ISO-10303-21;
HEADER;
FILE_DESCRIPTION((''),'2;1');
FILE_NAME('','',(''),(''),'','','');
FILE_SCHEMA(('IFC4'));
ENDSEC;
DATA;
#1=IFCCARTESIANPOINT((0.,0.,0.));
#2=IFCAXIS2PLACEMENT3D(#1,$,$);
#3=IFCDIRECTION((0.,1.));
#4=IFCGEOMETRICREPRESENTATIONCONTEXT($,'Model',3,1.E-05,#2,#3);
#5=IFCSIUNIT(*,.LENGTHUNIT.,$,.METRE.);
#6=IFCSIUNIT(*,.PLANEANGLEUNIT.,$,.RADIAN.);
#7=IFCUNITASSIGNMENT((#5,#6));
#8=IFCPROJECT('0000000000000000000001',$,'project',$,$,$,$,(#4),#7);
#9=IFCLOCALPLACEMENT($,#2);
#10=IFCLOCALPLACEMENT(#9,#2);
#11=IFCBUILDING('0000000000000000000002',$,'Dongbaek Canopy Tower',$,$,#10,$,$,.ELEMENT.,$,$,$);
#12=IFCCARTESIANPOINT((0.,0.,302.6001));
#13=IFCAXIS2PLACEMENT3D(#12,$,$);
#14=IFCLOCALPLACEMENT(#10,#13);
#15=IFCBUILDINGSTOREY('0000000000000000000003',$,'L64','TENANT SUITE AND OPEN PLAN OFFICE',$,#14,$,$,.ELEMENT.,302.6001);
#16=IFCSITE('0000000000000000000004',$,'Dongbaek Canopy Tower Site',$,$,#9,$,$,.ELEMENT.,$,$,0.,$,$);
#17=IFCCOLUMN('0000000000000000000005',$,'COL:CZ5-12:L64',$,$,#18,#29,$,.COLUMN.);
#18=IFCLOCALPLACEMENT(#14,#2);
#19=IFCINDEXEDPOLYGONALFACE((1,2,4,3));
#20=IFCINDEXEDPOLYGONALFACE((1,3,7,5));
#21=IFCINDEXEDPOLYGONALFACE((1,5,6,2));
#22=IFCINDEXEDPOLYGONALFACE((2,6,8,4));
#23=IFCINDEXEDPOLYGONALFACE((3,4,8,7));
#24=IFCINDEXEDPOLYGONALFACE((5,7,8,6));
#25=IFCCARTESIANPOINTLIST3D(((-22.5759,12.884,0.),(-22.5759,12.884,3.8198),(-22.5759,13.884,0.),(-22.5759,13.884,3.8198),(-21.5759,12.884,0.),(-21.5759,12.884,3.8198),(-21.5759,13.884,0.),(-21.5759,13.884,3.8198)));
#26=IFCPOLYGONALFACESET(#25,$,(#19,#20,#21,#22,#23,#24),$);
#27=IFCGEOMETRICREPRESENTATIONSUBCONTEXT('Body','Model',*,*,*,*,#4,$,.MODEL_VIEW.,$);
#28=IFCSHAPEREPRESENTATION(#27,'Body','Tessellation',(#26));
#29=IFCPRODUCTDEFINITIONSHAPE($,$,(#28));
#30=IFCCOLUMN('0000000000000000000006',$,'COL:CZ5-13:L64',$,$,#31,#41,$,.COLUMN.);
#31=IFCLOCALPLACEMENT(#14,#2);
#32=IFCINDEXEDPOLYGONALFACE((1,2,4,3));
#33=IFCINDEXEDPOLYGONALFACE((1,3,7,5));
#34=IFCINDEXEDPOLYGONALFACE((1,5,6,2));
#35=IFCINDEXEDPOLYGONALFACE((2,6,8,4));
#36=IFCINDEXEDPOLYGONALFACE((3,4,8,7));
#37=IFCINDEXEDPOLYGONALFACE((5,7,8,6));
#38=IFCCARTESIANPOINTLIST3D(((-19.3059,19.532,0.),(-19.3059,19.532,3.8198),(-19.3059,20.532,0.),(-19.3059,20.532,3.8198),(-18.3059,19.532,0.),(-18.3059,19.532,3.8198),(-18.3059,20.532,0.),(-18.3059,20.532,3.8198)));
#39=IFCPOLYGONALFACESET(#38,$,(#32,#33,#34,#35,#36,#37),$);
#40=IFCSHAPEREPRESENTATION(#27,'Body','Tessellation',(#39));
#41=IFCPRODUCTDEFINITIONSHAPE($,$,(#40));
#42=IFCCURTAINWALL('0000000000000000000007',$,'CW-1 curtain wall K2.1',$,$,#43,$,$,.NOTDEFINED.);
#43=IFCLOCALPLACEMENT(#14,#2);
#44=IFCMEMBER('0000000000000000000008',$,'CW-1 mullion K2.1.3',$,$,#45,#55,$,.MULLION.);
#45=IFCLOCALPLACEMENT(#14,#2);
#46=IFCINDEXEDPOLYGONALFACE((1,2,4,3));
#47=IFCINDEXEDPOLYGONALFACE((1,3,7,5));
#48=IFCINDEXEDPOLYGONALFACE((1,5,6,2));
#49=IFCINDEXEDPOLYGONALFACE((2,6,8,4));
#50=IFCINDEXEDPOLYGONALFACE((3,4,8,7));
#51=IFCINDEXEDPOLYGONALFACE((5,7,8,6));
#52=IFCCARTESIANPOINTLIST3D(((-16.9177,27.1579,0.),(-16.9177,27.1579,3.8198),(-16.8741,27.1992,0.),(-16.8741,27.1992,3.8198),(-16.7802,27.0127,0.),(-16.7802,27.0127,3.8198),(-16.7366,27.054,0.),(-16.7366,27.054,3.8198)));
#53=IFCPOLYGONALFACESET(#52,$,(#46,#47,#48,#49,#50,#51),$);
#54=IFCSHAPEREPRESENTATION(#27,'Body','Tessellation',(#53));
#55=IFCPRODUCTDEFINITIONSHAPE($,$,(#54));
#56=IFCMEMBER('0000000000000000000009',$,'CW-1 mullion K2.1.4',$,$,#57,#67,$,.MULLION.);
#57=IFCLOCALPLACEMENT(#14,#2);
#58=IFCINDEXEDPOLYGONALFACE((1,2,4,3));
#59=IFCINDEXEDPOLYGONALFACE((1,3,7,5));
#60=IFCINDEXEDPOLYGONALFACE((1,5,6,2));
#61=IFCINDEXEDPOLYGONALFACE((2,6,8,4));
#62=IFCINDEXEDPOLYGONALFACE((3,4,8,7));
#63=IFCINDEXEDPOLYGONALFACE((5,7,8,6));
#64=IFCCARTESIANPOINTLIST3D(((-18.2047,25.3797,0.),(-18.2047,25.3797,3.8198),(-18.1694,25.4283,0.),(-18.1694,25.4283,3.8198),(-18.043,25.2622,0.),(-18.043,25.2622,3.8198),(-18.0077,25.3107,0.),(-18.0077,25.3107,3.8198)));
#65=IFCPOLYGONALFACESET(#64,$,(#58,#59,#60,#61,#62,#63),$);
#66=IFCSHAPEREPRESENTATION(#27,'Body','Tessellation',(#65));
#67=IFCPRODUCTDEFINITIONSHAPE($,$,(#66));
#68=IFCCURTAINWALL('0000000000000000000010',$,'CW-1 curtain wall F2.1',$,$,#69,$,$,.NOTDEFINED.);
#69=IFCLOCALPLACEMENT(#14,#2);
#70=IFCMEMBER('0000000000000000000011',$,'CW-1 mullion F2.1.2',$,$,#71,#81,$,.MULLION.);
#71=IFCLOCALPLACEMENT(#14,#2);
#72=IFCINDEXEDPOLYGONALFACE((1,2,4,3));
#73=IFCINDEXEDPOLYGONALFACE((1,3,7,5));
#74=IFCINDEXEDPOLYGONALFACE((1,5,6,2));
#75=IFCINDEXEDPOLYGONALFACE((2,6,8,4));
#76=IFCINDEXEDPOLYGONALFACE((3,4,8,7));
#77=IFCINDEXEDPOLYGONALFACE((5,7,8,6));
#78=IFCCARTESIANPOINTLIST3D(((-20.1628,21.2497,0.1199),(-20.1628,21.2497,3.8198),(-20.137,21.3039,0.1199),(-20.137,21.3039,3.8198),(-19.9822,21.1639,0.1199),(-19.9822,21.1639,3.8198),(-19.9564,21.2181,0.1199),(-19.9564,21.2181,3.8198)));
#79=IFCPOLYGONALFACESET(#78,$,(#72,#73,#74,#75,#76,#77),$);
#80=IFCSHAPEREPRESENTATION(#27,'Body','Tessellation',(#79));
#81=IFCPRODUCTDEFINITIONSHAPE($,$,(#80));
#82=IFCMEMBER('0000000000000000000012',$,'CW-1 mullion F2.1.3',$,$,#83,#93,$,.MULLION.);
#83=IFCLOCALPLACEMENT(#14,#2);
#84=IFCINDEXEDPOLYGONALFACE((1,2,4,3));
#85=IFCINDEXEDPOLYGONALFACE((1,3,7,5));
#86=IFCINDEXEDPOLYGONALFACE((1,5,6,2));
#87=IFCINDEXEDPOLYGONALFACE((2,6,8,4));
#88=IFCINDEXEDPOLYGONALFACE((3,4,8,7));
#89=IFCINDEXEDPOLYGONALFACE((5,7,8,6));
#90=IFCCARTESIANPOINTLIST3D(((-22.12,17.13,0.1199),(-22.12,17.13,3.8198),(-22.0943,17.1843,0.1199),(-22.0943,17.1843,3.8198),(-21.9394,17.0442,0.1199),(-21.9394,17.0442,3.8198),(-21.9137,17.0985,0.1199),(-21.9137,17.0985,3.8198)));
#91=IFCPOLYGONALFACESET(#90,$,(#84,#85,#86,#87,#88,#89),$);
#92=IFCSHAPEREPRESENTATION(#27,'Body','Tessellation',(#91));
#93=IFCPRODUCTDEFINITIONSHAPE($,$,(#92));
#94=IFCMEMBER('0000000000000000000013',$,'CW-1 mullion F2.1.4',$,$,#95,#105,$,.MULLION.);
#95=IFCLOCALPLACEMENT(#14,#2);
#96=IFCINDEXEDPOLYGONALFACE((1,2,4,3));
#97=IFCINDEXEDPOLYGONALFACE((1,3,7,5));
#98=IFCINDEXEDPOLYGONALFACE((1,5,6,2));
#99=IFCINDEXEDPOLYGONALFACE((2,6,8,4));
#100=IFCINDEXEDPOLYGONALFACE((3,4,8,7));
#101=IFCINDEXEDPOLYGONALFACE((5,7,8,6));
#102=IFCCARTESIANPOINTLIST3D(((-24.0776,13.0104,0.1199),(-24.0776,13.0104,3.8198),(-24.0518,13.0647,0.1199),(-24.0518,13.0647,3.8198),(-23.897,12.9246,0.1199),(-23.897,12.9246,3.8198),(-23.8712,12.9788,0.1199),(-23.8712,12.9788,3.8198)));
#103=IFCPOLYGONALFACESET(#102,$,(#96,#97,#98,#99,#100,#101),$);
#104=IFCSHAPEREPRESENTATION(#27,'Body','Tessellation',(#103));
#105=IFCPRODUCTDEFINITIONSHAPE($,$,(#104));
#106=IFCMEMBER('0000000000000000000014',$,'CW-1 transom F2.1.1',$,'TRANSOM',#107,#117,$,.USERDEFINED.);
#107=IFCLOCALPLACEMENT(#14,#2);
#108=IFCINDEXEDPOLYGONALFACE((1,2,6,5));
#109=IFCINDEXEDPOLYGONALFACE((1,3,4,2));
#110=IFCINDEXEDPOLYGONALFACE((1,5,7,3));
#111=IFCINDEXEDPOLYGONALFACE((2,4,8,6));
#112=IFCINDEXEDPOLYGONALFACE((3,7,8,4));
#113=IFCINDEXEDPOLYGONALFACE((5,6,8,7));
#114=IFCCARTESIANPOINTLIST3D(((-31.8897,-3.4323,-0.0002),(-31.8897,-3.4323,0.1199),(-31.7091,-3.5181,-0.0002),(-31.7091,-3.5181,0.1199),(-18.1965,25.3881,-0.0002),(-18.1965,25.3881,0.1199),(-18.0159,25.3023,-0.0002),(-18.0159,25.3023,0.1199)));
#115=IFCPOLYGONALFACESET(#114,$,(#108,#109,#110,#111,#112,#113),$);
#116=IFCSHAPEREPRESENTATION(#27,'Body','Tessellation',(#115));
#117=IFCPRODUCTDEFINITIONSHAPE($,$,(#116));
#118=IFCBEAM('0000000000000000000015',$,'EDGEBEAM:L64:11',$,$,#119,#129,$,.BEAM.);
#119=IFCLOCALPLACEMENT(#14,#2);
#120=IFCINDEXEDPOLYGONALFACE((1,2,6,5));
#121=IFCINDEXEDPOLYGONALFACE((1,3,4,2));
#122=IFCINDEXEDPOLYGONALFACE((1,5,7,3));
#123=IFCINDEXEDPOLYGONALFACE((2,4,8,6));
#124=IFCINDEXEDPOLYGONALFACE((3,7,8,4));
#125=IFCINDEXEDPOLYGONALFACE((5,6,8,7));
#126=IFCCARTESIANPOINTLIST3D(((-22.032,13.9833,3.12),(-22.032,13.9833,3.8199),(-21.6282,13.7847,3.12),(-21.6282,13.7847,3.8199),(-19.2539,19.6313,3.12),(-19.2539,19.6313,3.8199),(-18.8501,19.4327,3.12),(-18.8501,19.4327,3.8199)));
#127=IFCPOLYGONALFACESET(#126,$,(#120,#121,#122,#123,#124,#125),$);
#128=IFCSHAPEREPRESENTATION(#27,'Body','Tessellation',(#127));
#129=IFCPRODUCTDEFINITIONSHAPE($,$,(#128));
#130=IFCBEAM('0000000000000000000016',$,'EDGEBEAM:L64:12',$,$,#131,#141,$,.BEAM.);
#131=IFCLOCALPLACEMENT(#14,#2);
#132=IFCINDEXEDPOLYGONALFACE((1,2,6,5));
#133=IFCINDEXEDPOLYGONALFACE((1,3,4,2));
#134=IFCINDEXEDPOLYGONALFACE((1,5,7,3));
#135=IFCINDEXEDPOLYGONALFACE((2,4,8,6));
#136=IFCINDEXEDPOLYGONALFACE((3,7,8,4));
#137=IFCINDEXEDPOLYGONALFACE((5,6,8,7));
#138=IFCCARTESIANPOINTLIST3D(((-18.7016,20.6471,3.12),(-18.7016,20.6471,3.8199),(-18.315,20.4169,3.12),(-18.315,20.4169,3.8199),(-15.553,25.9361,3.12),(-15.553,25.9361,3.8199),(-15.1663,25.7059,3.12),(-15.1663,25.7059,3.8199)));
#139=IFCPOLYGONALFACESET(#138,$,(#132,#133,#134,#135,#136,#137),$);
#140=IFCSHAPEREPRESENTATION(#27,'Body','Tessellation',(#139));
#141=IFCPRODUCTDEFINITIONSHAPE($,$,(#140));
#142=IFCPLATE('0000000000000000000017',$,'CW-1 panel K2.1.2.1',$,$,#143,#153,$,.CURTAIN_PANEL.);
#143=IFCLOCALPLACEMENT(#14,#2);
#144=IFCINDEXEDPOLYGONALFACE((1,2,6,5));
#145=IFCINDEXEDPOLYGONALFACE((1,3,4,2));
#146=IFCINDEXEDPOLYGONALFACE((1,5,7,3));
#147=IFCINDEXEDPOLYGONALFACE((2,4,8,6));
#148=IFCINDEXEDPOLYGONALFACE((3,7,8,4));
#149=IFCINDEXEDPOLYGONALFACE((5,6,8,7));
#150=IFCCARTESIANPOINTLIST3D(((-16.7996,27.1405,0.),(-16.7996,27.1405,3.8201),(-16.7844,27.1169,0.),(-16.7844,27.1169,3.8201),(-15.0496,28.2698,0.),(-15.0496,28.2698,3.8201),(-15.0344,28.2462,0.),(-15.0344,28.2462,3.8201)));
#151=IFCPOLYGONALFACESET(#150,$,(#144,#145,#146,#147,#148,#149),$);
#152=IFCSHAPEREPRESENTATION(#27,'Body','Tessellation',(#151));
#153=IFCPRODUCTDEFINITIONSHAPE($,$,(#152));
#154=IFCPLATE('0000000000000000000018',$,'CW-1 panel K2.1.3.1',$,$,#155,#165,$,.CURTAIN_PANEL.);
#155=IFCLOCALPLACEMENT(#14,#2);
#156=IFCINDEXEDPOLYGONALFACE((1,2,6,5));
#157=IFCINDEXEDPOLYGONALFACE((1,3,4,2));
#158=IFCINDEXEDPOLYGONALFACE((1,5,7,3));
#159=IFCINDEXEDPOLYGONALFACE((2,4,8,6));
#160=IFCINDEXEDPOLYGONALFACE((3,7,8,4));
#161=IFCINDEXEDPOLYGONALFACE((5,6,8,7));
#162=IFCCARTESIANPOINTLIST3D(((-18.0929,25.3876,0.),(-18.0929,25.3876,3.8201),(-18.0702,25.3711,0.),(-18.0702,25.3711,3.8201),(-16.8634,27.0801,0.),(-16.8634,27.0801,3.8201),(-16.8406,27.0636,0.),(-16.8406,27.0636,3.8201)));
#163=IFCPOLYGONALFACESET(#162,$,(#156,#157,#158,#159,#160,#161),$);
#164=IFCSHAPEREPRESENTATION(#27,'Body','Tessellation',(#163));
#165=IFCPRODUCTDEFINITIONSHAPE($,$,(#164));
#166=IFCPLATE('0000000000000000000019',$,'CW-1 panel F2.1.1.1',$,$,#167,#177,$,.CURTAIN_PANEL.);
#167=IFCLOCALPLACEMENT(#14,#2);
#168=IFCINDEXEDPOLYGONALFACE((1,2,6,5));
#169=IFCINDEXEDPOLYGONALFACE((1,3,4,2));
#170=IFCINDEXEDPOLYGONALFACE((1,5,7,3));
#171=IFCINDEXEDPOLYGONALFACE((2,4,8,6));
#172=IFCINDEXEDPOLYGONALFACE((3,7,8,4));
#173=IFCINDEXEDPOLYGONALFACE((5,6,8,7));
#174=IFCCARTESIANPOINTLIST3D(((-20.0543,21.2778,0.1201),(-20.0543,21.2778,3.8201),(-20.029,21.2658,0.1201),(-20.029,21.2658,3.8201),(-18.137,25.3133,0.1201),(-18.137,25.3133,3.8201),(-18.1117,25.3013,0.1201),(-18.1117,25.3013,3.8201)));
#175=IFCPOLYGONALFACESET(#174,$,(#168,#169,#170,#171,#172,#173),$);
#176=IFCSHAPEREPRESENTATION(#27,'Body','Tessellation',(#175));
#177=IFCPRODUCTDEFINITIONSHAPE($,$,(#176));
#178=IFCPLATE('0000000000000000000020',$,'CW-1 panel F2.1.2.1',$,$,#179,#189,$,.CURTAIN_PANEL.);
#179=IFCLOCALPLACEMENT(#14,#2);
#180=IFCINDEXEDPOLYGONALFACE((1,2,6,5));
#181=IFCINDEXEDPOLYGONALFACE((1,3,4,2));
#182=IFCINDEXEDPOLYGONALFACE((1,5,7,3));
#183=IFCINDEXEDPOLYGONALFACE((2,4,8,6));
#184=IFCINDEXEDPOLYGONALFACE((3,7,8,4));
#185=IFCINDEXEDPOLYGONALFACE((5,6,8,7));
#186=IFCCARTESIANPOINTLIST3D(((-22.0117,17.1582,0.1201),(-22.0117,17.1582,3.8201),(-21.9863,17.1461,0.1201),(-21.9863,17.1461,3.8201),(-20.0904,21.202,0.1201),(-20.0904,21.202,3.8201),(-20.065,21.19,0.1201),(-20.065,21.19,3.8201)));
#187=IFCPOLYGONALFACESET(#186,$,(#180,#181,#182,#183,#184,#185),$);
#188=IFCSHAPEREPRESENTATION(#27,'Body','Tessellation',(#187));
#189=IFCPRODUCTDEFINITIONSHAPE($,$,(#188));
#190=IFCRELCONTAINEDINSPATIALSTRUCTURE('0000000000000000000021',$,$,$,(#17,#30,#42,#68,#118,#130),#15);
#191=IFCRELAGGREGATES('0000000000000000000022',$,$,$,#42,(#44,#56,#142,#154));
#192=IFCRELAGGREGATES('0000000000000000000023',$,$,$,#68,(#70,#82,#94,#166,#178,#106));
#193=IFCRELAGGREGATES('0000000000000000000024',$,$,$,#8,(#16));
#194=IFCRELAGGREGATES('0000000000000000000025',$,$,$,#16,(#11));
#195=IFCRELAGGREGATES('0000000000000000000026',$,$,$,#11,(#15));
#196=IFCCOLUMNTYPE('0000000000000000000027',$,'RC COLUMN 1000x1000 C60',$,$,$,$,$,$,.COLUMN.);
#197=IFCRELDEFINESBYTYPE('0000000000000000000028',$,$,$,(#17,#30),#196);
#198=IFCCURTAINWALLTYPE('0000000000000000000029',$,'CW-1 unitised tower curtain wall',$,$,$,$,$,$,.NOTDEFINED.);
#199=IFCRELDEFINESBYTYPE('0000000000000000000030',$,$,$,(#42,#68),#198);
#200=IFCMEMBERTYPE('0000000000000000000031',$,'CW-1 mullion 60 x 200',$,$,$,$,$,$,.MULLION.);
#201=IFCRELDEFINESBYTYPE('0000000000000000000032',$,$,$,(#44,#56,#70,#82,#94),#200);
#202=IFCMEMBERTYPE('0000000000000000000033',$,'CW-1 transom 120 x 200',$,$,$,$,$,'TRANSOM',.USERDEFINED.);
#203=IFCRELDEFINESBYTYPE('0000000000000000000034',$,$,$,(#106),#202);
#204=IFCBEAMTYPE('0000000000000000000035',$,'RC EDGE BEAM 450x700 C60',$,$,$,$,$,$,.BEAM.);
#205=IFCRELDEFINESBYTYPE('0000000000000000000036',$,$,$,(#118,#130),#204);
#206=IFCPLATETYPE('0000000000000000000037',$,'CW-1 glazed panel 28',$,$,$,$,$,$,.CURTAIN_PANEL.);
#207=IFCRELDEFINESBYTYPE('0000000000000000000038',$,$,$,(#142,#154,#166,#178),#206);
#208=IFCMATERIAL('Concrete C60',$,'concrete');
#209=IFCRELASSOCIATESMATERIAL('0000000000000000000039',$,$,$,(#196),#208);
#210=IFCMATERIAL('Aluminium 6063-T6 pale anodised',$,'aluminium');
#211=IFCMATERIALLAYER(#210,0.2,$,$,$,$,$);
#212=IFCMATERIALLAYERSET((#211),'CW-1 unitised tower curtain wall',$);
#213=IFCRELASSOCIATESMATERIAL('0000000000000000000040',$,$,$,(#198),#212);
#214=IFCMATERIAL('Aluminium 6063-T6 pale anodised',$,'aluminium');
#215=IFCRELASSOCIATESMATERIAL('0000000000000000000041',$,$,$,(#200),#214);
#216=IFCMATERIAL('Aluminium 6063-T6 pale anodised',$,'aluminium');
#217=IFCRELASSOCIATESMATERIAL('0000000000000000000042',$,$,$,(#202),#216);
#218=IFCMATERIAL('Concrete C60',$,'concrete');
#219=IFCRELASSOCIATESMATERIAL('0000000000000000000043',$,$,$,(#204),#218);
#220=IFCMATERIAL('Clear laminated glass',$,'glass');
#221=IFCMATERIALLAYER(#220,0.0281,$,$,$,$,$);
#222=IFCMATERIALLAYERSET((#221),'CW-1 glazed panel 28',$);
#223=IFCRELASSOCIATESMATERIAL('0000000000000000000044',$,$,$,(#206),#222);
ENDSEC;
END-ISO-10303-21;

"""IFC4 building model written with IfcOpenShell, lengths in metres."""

from ifc_helpers import new_model, si_unit, direction, frame, origin, origin_2d, place, context, subcontext, project, spatial, rectangle, extrude, material, layer, layer_set, material_profile, profile_set, type_object, element, aggregate, save


model = new_model("IFC4")

# Units and contexts
model_context = context("Model", 3, precision=1e-05, world=origin(), true_north=direction((0.0, 1.0)))
body_context = subcontext(model_context, "Body", "Model", "MODEL_VIEW")
ifc_project = project(units=[si_unit("LENGTHUNIT", "METRE"), si_unit("PLANEANGLEUNIT", "RADIAN")], contexts=[model_context])

# Site, building, storey
site_placement = place(None, origin())
site = spatial("IfcSite", under=ifc_project, at=site_placement, Name="Dongbaek Canopy Tower Site", CompositionType="ELEMENT", RefElevation=0.0)
building_placement = place(site_placement, origin())
building = spatial("IfcBuilding", under=site, at=building_placement, Name="Dongbaek Canopy Tower", CompositionType="ELEMENT")
storey_placement = place(building_placement, frame((0.0, 0.0, 302.6001)))
storey = spatial("IfcBuildingStorey", under=building, at=storey_placement, Name="L64", Description="TENANT SUITE AND OPEN PLAN OFFICE", CompositionType="ELEMENT", Elevation=302.6001)

# Columns
ifc_material_1 = material(Name="Concrete C60", Category="concrete")
ifc_material_profile_1 = material_profile(ifc_material_1, rectangle(XDim=1.0, YDim=1.0, at=origin_2d()), Name="RC COLUMN 1000x1000 C60")
ifc_profile_set_1 = profile_set([ifc_material_profile_1], Name="Concrete C60")
column_type = type_object("IfcColumnType", Name="RC COLUMN 1000x1000 C60", PredefinedType="COLUMN", material=ifc_profile_set_1)
for number, where, z_axis, x_axis, name in (
    (1, (-22.0759, 13.384, 0.0), (0.0, 0.0, 1.0), (1.0, 0.0, 0.0), "COL:CZ5-12:L64"),
    (2, (-18.8059, 20.032, 0.0), (0.0, 0.0, 1.0), (1.0, 0.0, 0.0), "COL:CZ5-13:L64"),
):
    element("IfcColumn", number, at=place(storey_placement, frame(where, z_axis=z_axis, x_axis=x_axis)), inside=storey, type_object=column_type, Name=name, PredefinedType="COLUMN", context=body_context, shape_type="SweptSolid", body=[
        extrude(rectangle(XDim=1.0, YDim=1.0, at=origin_2d()), origin(), (0.0, 0.0, 1.0), 3.8198),
    ])

# Curtain walls, members
ifc_material_2 = material(Name="Aluminium 6063-T6 pale anodised", Category="aluminium")
ifc_layer_1 = layer(ifc_material_2, 0.2)
ifc_layer_set_1 = layer_set([ifc_layer_1], Name="CW-1 unitised tower curtain wall")
curtain_wall_type = type_object("IfcCurtainWallType", Name="CW-1 unitised tower curtain wall", PredefinedType="NOTDEFINED", material=ifc_layer_set_1)
curtain_wall_1_placement = place(storey_placement, origin())
curtain_wall_1 = element("IfcCurtainWall", 3, at=curtain_wall_1_placement, inside=storey, type_object=curtain_wall_type, Name="CW-1 curtain wall K2.1", PredefinedType="NOTDEFINED")
ifc_material_3 = material(Name="Aluminium 6063-T6 pale anodised", Category="aluminium")
ifc_material_profile_2 = material_profile(ifc_material_3, rectangle(XDim=0.2, YDim=0.0601, at=origin_2d()), Name="CW-1 mullion 60 x 200")
ifc_profile_set_2 = profile_set([ifc_material_profile_2], Name="Aluminium 6063-T6 pale anodised")
member_type_1 = type_object("IfcMemberType", Name="CW-1 mullion 60 x 200", PredefinedType="MULLION", material=ifc_profile_set_2)
member_1_placement = place(storey_placement, frame((-16.8271, 27.106, 0.0), z_axis=(0.0, 0.0, 1.0), x_axis=(-0.687328, 0.726347, 0.0)))
member_1 = element("IfcMember", 4, at=member_1_placement, type_object=member_type_1, Name="CW-1 mullion K2.1.3", PredefinedType="MULLION", context=body_context, shape_type="SweptSolid", body=[
    extrude(rectangle(XDim=0.2, YDim=0.0601, at=origin_2d()), origin(), (0.0, 0.0, 1.0), 3.8198),
])
member_2_placement = place(storey_placement, frame((-18.1062, 25.3452, 0.0), z_axis=(0.0, 0.0, 1.0), x_axis=(-0.809046, 0.587745, 0.0)))
member_2 = element("IfcMember", 5, at=member_2_placement, type_object=member_type_1, Name="CW-1 mullion K2.1.4", PredefinedType="MULLION", context=body_context, shape_type="SweptSolid", body=[
    extrude(rectangle(XDim=0.2, YDim=0.0601, at=origin_2d()), origin(), (0.0, 0.0, 1.0), 3.8198),
])
curtain_wall_2_placement = place(storey_placement, origin())
curtain_wall_2 = element("IfcCurtainWall", 6, at=curtain_wall_2_placement, inside=storey, type_object=curtain_wall_type, Name="CW-1 curtain wall F2.1", PredefinedType="NOTDEFINED")
member_3_placement = place(storey_placement, frame((-20.0596, 21.2339, 0.1199), z_axis=(0.0, 0.0, 1.0), x_axis=(-0.903236, 0.429143, 0.0)))
member_3 = element("IfcMember", 7, at=member_3_placement, type_object=member_type_1, Name="CW-1 mullion F2.1.2", PredefinedType="MULLION", context=body_context, shape_type="SweptSolid", body=[
    extrude(rectangle(XDim=0.2, YDim=0.0601, at=origin_2d()), origin(), (0.0, 0.0, 1.0), 3.7),
])
member_4_placement = place(storey_placement, frame((-22.0168, 17.1143, 0.1199), z_axis=(0.0, 0.0, 1.0), x_axis=(-0.903236, 0.429143, 0.0)))
member_4 = element("IfcMember", 8, at=member_4_placement, type_object=member_type_1, Name="CW-1 mullion F2.1.3", PredefinedType="MULLION", context=body_context, shape_type="SweptSolid", body=[
    extrude(rectangle(XDim=0.2, YDim=0.0601, at=origin_2d()), origin(), (0.0, 0.0, 1.0), 3.7),
])
member_5_placement = place(storey_placement, frame((-23.9744, 12.9946, 0.1199), z_axis=(0.0, 0.0, 1.0), x_axis=(-0.903236, 0.429143, 0.0)))
member_5 = element("IfcMember", 9, at=member_5_placement, type_object=member_type_1, Name="CW-1 mullion F2.1.4", PredefinedType="MULLION", context=body_context, shape_type="SweptSolid", body=[
    extrude(rectangle(XDim=0.2, YDim=0.0601, at=origin_2d()), origin(), (0.0, 0.0, 1.0), 3.7),
])
ifc_material_4 = material(Name="Aluminium 6063-T6 pale anodised", Category="aluminium")
ifc_material_profile_3 = material_profile(ifc_material_4, rectangle(XDim=0.2, YDim=0.1201, at=origin_2d()), Name="CW-1 transom 120 x 200")
ifc_profile_set_3 = profile_set([ifc_material_profile_3], Name="Aluminium 6063-T6 pale anodised")
member_type_2 = type_object("IfcMemberType", Name="CW-1 transom 120 x 200", ElementType="TRANSOM", PredefinedType="USERDEFINED", material=ifc_profile_set_3)
member_6_placement = place(storey_placement, frame((-18.1062, 25.3452, 0.0598), z_axis=(-0.429145, -0.903235, 0.0), x_axis=(0.903235, -0.429145, 0.0)))
member_6 = element("IfcMember", 10, at=member_6_placement, type_object=member_type_2, Name="CW-1 transom F2.1.1", ObjectType="TRANSOM", PredefinedType="USERDEFINED", context=body_context, shape_type="SweptSolid", body=[
    extrude(rectangle(XDim=0.2, YDim=0.1201, at=origin_2d()), origin(), (0.0, 0.0, 1.0), 31.908),
])

# Beams
ifc_material_5 = material(Name="Concrete C60", Category="concrete")
ifc_material_profile_4 = material_profile(ifc_material_5, rectangle(XDim=0.45, YDim=0.7, at=origin_2d()), Name="RC EDGE BEAM 450x700 C60")
ifc_profile_set_4 = profile_set([ifc_material_profile_4], Name="Concrete C60")
beam_type = type_object("IfcBeamType", Name="RC EDGE BEAM 450x700 C60", PredefinedType="BEAM", material=ifc_profile_set_4)
beam_1_placement = place(storey_placement, frame((-21.8301, 13.884, 3.47), z_axis=(0.44137, 0.897325, 0.0), x_axis=(-0.897325, 0.44137, 0.0)))
element("IfcBeam", 11, at=beam_1_placement, inside=storey, type_object=beam_type, Name="EDGEBEAM:L64:11", PredefinedType="BEAM", context=body_context, shape_type="SweptSolid", body=[
    extrude(rectangle(XDim=0.45, YDim=0.7, at=origin_2d()), origin(), (0.0, 0.0, 1.0), 6.2942),
])
beam_2_placement = place(storey_placement, frame((-18.5083, 20.532, 3.47), z_axis=(0.511535, 0.859262, 0.0), x_axis=(-0.859262, 0.511535, 0.0)))
element("IfcBeam", 12, at=beam_2_placement, inside=storey, type_object=beam_type, Name="EDGEBEAM:L64:12", PredefinedType="BEAM", context=body_context, shape_type="SweptSolid", body=[
    extrude(rectangle(XDim=0.45, YDim=0.7, at=origin_2d()), origin(), (0.0, 0.0, 1.0), 6.1553),
])

# Plates
ifc_material_6 = material(Name="Clear laminated glass", Category="glass")
ifc_layer_2 = layer(ifc_material_6, 0.0281)
ifc_layer_set_2 = layer_set([ifc_layer_2], Name="CW-1 glazed panel 28")
plate_type = type_object("IfcPlateType", Name="CW-1 glazed panel 28", PredefinedType="CURTAIN_PANEL", material=ifc_layer_set_2)
plate_1_placement = place(storey_placement, frame((-15.917, 27.6934, 0.0), z_axis=(0.0, 0.0, 1.0), x_axis=(-0.840235, -0.542222, 0.0)))
plate_1 = element("IfcPlate", 13, at=plate_1_placement, type_object=plate_type, Name="CW-1 panel K2.1.2.1", PredefinedType="CURTAIN_PANEL", context=body_context, shape_type="SweptSolid", body=[
    extrude(rectangle(XDim=2.0828, YDim=0.0281, at=origin_2d()), origin(), (0.0, 0.0, 1.0), 3.8201),
])
plate_2_placement = place(storey_placement, frame((-17.4668, 26.2256, 0.0), z_axis=(0.0, 0.0, 1.0), x_axis=(-0.587745, -0.809046, 0.0)))
plate_2 = element("IfcPlate", 14, at=plate_2_placement, type_object=plate_type, Name="CW-1 panel K2.1.3.1", PredefinedType="CURTAIN_PANEL", context=body_context, shape_type="SweptSolid", body=[
    extrude(rectangle(XDim=2.092, YDim=0.0281, at=origin_2d()), origin(), (0.0, 0.0, 1.0), 3.8201),
])
aggregate(curtain_wall_1, [member_1, member_2, plate_1, plate_2])
plate_3_placement = place(storey_placement, frame((-19.083, 23.2896, 0.1201), z_axis=(0.0, 0.0, 1.0), x_axis=(-0.429143, -0.903236, 0.0)))
plate_3 = element("IfcPlate", 15, at=plate_3_placement, type_object=plate_type, Name="CW-1 panel F2.1.1.1", PredefinedType="CURTAIN_PANEL", context=body_context, shape_type="SweptSolid", body=[
    extrude(rectangle(XDim=4.4678, YDim=0.0281, at=origin_2d()), origin(), (0.0, 0.0, 1.0), 3.7),
])
plate_4_placement = place(storey_placement, frame((-21.0383, 19.1741, 0.1201), z_axis=(0.0, 0.0, 1.0), x_axis=(-0.429143, -0.903236, 0.0)))
plate_4 = element("IfcPlate", 16, at=plate_4_placement, type_object=plate_type, Name="CW-1 panel F2.1.2.1", PredefinedType="CURTAIN_PANEL", context=body_context, shape_type="SweptSolid", body=[
    extrude(rectangle(XDim=4.4771, YDim=0.0281, at=origin_2d()), origin(), (0.0, 0.0, 1.0), 3.7),
])

aggregate(curtain_wall_2, [member_3, member_4, member_5, plate_3, plate_4, member_6])

save(model, "model.ifc")
